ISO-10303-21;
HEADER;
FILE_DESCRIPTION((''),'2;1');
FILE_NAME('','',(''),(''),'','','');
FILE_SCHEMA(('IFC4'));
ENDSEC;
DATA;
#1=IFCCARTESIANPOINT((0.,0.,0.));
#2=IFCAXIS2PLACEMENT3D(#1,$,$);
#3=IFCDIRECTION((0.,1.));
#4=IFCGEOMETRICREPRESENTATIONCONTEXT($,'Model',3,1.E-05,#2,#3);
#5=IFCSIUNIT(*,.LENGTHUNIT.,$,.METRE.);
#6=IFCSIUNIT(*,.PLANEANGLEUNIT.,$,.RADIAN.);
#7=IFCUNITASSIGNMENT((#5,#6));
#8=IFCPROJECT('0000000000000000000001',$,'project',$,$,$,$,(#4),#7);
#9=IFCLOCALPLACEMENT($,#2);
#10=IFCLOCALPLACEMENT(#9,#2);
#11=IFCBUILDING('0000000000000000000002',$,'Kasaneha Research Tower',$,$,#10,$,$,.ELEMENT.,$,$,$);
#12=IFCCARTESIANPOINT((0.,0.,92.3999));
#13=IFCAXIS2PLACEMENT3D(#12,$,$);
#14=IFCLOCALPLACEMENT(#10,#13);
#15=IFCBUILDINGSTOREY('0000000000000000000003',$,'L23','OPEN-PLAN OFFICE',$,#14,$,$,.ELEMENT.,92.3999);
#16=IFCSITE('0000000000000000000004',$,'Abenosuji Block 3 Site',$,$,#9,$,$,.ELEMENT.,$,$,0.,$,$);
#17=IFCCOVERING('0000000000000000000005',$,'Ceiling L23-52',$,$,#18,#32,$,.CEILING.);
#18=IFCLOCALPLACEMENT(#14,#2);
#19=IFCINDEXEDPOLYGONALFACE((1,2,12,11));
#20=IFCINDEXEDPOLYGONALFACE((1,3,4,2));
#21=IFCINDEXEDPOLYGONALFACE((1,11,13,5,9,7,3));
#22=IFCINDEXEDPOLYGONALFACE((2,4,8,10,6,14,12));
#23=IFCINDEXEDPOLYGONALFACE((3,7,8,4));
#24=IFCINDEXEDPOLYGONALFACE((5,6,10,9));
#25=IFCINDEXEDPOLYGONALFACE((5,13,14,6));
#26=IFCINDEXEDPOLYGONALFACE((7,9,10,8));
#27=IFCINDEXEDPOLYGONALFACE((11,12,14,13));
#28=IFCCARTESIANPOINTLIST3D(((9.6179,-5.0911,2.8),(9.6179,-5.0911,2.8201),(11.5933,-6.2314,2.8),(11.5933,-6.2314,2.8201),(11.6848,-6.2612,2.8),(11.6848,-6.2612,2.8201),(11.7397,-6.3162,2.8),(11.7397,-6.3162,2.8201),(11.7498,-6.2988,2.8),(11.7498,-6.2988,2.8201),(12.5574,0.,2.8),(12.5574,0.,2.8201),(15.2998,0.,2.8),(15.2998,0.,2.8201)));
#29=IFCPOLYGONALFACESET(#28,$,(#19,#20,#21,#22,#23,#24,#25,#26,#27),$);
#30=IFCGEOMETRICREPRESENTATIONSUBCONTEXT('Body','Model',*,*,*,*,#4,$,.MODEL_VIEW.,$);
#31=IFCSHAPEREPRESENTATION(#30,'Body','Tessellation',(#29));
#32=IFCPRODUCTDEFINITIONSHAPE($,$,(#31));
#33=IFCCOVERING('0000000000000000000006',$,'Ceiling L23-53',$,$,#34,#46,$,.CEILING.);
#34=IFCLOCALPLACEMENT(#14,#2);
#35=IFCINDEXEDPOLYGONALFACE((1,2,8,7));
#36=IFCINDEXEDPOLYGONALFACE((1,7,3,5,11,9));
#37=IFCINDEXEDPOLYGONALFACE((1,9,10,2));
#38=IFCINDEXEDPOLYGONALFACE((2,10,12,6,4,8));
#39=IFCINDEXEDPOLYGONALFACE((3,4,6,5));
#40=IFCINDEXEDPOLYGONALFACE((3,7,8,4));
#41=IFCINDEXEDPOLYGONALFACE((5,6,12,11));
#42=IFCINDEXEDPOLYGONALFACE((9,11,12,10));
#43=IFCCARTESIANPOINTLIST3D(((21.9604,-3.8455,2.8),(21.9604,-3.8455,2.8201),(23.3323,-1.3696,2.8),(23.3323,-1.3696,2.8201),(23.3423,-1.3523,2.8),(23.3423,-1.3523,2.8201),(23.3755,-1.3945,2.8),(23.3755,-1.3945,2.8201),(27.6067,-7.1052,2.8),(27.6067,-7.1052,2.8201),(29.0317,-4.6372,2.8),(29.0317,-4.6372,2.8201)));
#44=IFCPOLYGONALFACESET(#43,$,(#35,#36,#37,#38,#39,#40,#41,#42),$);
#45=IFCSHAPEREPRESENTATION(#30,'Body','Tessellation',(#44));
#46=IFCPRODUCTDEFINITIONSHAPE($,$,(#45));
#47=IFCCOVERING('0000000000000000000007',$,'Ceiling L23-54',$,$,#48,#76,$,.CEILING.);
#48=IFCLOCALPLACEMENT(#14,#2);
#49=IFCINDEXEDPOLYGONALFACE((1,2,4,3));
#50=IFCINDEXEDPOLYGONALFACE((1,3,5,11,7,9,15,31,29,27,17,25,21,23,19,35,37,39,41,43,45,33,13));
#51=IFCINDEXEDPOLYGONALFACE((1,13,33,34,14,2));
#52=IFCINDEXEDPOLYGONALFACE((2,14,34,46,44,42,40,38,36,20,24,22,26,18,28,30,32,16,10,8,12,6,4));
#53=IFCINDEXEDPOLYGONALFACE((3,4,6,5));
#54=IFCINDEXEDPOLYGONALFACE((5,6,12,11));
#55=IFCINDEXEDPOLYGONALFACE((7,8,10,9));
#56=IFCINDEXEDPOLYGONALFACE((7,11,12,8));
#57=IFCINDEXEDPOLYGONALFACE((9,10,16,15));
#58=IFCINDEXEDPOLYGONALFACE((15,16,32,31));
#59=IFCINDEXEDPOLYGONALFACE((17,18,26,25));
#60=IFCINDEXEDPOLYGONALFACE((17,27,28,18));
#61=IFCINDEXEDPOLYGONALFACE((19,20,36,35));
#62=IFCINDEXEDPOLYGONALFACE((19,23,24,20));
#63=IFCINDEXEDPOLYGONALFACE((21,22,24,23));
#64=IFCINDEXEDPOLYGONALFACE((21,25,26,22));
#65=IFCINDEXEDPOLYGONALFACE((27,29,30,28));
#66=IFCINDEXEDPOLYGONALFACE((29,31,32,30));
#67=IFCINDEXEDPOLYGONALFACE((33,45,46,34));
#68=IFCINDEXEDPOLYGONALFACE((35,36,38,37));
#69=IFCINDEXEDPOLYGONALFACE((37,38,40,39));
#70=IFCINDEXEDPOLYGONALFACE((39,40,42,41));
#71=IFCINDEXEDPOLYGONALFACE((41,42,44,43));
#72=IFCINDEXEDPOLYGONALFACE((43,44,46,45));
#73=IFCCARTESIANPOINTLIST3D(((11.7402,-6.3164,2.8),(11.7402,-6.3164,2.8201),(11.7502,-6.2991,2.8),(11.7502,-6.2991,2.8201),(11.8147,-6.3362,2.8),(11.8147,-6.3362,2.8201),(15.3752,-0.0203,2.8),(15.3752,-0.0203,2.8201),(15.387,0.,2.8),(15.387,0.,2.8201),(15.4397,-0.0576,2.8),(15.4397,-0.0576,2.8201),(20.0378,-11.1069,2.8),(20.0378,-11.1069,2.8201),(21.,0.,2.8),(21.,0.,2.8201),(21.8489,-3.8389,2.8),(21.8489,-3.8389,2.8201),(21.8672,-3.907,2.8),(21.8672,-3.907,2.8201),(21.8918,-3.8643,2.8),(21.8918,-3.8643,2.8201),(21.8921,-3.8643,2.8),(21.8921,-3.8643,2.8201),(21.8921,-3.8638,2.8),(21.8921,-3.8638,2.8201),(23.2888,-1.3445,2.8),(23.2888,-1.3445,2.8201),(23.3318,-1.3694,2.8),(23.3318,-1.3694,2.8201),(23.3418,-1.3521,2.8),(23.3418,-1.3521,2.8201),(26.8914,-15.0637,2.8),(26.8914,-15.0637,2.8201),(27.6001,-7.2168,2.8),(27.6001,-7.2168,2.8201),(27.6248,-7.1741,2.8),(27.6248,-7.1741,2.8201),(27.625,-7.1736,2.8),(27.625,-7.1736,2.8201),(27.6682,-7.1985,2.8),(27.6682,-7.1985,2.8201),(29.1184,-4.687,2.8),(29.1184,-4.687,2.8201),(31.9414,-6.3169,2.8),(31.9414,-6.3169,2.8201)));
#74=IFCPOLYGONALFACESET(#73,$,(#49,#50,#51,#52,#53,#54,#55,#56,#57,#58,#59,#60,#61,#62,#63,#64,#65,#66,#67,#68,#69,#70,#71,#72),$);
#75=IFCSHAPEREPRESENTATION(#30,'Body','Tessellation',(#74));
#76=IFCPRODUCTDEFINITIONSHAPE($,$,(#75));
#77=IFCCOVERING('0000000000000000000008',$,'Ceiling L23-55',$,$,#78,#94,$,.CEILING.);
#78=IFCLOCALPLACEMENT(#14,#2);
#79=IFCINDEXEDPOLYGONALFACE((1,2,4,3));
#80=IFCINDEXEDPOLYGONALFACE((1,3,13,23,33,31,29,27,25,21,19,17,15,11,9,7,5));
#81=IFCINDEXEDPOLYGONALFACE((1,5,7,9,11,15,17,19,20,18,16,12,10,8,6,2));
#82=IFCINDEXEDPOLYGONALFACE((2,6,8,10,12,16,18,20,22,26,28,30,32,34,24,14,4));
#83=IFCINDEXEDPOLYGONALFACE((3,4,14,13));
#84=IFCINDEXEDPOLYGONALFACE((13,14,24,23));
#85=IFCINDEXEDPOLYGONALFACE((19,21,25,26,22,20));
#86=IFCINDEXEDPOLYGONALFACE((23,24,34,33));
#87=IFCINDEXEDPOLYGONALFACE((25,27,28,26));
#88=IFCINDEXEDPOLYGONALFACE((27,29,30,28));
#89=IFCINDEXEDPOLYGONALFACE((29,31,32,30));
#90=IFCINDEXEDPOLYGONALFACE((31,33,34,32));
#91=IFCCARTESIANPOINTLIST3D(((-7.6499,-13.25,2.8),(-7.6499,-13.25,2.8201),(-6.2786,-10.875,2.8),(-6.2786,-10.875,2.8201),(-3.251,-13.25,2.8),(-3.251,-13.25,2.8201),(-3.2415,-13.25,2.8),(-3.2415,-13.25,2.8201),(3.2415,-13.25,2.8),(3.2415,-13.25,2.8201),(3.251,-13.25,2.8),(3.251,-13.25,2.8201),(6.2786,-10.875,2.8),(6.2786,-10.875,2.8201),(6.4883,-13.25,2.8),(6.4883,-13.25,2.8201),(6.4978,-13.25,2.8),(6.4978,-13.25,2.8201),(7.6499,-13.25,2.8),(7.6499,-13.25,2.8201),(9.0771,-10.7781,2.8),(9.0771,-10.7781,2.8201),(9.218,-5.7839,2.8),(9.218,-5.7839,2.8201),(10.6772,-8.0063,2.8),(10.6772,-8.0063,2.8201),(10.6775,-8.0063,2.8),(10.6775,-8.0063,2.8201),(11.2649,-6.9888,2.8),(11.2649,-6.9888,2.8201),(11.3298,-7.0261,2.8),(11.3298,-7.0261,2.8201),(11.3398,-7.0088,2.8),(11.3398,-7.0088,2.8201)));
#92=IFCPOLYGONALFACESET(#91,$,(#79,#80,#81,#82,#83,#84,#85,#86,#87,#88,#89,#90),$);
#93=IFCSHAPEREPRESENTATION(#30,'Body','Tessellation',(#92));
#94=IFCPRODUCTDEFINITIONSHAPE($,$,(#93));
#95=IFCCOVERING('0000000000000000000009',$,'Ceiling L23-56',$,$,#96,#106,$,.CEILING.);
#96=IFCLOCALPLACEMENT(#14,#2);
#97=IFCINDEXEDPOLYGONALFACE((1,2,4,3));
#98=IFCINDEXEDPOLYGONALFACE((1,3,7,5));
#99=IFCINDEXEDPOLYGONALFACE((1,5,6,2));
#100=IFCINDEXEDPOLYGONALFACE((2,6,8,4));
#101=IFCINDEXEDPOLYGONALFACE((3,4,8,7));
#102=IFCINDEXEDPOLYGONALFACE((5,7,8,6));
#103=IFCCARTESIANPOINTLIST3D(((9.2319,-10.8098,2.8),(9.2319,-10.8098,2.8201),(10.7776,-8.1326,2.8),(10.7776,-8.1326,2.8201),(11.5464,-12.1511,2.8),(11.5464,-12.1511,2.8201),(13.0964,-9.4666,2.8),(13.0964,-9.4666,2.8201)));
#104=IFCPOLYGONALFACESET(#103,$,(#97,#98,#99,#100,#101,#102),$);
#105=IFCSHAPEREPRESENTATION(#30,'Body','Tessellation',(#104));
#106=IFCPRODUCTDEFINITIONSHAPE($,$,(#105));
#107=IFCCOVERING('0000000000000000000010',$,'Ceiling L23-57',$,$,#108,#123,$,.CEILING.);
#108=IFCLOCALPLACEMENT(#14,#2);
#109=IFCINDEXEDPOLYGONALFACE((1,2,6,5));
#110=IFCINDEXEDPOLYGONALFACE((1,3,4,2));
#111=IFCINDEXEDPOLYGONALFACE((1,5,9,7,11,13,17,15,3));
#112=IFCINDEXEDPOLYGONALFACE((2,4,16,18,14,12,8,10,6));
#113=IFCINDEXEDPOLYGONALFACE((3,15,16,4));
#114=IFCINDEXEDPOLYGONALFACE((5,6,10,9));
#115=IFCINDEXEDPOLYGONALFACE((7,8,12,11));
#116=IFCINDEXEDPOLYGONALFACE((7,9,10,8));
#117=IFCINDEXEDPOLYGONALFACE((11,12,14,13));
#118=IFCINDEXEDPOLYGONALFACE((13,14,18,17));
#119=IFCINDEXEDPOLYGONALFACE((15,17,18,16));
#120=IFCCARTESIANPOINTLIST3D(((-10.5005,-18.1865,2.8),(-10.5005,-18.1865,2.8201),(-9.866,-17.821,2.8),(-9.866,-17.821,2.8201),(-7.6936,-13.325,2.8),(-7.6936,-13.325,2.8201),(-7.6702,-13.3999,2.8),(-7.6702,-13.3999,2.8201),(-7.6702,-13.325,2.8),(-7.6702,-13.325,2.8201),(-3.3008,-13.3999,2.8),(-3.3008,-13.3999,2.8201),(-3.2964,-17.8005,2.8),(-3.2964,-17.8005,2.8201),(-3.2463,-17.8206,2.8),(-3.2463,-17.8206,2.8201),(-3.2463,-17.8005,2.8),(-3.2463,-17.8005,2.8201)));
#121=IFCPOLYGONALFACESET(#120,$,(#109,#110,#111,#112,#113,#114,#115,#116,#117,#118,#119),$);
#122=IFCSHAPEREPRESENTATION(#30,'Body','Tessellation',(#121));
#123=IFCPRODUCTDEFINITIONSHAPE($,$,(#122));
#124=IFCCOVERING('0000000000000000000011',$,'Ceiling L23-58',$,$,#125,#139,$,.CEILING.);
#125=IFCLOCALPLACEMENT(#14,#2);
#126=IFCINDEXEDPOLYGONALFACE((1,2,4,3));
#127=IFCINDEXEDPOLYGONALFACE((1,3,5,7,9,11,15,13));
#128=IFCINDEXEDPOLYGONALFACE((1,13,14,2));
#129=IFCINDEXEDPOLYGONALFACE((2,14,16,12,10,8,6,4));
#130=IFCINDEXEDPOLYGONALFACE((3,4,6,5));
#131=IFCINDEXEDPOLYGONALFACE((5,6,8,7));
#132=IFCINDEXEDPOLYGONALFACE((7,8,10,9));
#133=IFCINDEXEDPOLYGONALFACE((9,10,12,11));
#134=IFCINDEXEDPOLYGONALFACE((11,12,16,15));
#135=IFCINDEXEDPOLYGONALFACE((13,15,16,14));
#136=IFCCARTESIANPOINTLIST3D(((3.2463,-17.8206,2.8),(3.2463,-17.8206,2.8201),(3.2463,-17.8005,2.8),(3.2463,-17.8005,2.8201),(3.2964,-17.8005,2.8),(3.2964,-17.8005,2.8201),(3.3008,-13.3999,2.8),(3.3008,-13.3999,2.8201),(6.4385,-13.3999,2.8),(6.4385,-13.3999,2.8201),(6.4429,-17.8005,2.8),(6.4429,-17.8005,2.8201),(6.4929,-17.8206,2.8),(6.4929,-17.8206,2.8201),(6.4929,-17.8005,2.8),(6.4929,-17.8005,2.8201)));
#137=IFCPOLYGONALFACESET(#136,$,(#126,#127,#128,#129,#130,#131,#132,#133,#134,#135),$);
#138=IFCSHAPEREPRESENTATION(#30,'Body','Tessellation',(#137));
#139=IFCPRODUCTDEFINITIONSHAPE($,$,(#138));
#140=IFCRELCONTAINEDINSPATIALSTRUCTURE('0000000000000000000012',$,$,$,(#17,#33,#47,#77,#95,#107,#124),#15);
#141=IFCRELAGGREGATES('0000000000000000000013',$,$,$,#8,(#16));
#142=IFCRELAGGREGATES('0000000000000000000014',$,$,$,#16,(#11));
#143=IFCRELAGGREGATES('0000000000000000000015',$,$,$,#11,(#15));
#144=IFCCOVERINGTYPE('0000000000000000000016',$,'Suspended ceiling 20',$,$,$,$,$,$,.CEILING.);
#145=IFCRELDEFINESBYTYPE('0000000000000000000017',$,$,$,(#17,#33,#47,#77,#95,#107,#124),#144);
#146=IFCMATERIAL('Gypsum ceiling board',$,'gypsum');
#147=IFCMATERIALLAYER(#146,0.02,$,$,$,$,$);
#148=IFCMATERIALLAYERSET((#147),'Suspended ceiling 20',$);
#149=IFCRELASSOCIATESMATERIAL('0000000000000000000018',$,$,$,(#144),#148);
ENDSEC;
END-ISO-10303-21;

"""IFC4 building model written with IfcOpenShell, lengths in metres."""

from ifc_helpers import new_model, si_unit, direction, frame, origin, place, context, subcontext, project, spatial, polyline, outline, extrude, material, layer, layer_set, type_object, element, save


model = new_model("IFC4")

# Units and contexts
model_context = context("Model", 3, precision=1e-05, world=origin(), true_north=direction((0.0, 1.0)))
body_context = subcontext(model_context, "Body", "Model", "MODEL_VIEW")
ifc_project = project(units=[si_unit("LENGTHUNIT", "METRE"), si_unit("PLANEANGLEUNIT", "RADIAN")], contexts=[model_context])

# Site, building, storey
site_placement = place(None, origin())
site = spatial("IfcSite", under=ifc_project, at=site_placement, Name="Abenosuji Block 3 Site", CompositionType="ELEMENT", RefElevation=0.0)
building_placement = place(site_placement, origin())
building = spatial("IfcBuilding", under=site, at=building_placement, Name="Kasaneha Research Tower", CompositionType="ELEMENT")
storey_placement = place(building_placement, frame((0.0, 0.0, 92.3999)))
storey = spatial("IfcBuildingStorey", under=building, at=storey_placement, Name="L23", Description="OPEN-PLAN OFFICE", CompositionType="ELEMENT", Elevation=92.3999)

# Coverings
ifc_material_1 = material(Name="Gypsum ceiling board", Category="gypsum")
ifc_layer_1 = layer(ifc_material_1, 0.02)
ifc_layer_set_1 = layer_set([ifc_layer_1], Name="Suspended ceiling 20")
covering_type_1 = type_object("IfcCoveringType", Name="Suspended ceiling 20", PredefinedType="CEILING", material=ifc_layer_set_1)
covering_1_placement = place(storey_placement, frame((0.0, 0.0, 2.8)))
element("IfcCovering", 1, at=covering_1_placement, inside=storey, type_object=covering_type_1, Name="Ceiling L23-52", PredefinedType="CEILING", context=body_context, shape_type="SweptSolid", body=[
    extrude(outline(polyline([(9.6179, -5.0911), (12.5574, 0.0), (15.2998, 0.0), (11.6848, -6.2612), (11.7498, -6.2988), (11.7397, -6.3162), (11.5933, -6.2314), (9.6179, -5.0911)])), origin(), (0.0, 0.0, 1.0), 0.02),
])
covering_2_placement = place(storey_placement, frame((0.0, 0.0, 2.8)))
element("IfcCovering", 2, at=covering_2_placement, inside=storey, type_object=covering_type_1, Name="Ceiling L23-53", PredefinedType="CEILING", context=body_context, shape_type="SweptSolid", body=[
    extrude(outline(polyline([(29.0317, -4.6372), (27.6067, -7.1052), (21.9604, -3.8455), (23.3755, -1.3945), (23.3323, -1.3696), (23.3423, -1.3523), (29.0317, -4.6372)])), origin(), (0.0, 0.0, 1.0), 0.02),
])
covering_3_placement = place(storey_placement, frame((0.0, 0.0, 2.8)))
element("IfcCovering", 3, at=covering_3_placement, inside=storey, type_object=covering_type_1, Name="Ceiling L23-54", PredefinedType="CEILING", context=body_context, shape_type="SweptSolid", body=[
    extrude(outline(polyline([(21.0, 0.0), (23.3418, -1.3521), (23.3318, -1.3694), (23.2888, -1.3445), (21.8489, -3.8389), (21.8921, -3.8638), (21.8918, -3.8643), (21.8921, -3.8643), (21.8672, -3.907), (27.6001, -7.2168), (27.6248, -7.1741), (27.6248, -7.1741), (27.625, -7.1736), (27.6682, -7.1985), (29.1184, -4.687), (31.9414, -6.3169), (26.8914, -15.0637), (20.0378, -11.1069), (11.7402, -6.3164), (11.7502, -6.2991), (11.8147, -6.3362), (15.4397, -0.0576), (15.3752, -0.0203), (15.387, 0.0), (21.0, 0.0)])), origin(), (0.0, 0.0, 1.0), 0.02),
])
covering_4_placement = place(storey_placement, frame((0.0, 0.0, 2.8)))
element("IfcCovering", 4, at=covering_4_placement, inside=storey, type_object=covering_type_1, Name="Ceiling L23-55", PredefinedType="CEILING", context=body_context, shape_type="SweptSolid", body=[
    extrude(outline(polyline([(-6.2786, -10.875), (6.2786, -10.875), (9.218, -5.7839), (11.3398, -7.0088), (11.3298, -7.0261), (11.2649, -6.9888), (10.6775, -8.0063), (10.6772, -8.0063), (9.0771, -10.7781), (9.0771, -10.7781), (7.6499, -13.25), (6.4978, -13.25), (6.4883, -13.25), (3.251, -13.25), (3.2415, -13.25), (-3.2415, -13.25), (-3.251, -13.25), (-7.6499, -13.25), (-7.6499, -13.25), (-6.2786, -10.875)])), origin(), (0.0, 0.0, 1.0), 0.02),
])
covering_5_placement = place(storey_placement, frame((0.0, 0.0, 2.8)))
element("IfcCovering", 5, at=covering_5_placement, inside=storey, type_object=covering_type_1, Name="Ceiling L23-56", PredefinedType="CEILING", context=body_context, shape_type="SweptSolid", body=[
    extrude(outline(polyline([(9.2319, -10.8098), (10.7776, -8.1326), (13.0964, -9.4666), (11.5464, -12.1511), (9.2319, -10.8098)])), origin(), (0.0, 0.0, 1.0), 0.02),
])
covering_6_placement = place(storey_placement, frame((0.0, 0.0, 2.8)))
element("IfcCovering", 6, at=covering_6_placement, inside=storey, type_object=covering_type_1, Name="Ceiling L23-57", PredefinedType="CEILING", context=body_context, shape_type="SweptSolid", body=[
    extrude(outline(polyline([(-10.5005, -18.1865), (-7.6936, -13.325), (-7.6702, -13.325), (-7.6702, -13.3999), (-3.3008, -13.3999), (-3.2964, -17.8005), (-3.2463, -17.8005), (-3.2463, -17.8206), (-9.866, -17.821), (-10.5005, -18.1865)])), origin(), (0.0, 0.0, 1.0), 0.02),
])
covering_7_placement = place(storey_placement, frame((0.0, 0.0, 2.8)))
element("IfcCovering", 7, at=covering_7_placement, inside=storey, type_object=covering_type_1, Name="Ceiling L23-58", PredefinedType="CEILING", context=body_context, shape_type="SweptSolid", body=[
    extrude(outline(polyline([(3.2463, -17.8005), (3.2964, -17.8005), (3.3008, -13.3999), (6.4385, -13.3999), (6.4429, -17.8005), (6.4929, -17.8005), (6.4929, -17.8206), (3.2463, -17.8206), (3.2463, -17.8005)])), origin(), (0.0, 0.0, 1.0), 0.02),
])

save(model, "model.ifc")
